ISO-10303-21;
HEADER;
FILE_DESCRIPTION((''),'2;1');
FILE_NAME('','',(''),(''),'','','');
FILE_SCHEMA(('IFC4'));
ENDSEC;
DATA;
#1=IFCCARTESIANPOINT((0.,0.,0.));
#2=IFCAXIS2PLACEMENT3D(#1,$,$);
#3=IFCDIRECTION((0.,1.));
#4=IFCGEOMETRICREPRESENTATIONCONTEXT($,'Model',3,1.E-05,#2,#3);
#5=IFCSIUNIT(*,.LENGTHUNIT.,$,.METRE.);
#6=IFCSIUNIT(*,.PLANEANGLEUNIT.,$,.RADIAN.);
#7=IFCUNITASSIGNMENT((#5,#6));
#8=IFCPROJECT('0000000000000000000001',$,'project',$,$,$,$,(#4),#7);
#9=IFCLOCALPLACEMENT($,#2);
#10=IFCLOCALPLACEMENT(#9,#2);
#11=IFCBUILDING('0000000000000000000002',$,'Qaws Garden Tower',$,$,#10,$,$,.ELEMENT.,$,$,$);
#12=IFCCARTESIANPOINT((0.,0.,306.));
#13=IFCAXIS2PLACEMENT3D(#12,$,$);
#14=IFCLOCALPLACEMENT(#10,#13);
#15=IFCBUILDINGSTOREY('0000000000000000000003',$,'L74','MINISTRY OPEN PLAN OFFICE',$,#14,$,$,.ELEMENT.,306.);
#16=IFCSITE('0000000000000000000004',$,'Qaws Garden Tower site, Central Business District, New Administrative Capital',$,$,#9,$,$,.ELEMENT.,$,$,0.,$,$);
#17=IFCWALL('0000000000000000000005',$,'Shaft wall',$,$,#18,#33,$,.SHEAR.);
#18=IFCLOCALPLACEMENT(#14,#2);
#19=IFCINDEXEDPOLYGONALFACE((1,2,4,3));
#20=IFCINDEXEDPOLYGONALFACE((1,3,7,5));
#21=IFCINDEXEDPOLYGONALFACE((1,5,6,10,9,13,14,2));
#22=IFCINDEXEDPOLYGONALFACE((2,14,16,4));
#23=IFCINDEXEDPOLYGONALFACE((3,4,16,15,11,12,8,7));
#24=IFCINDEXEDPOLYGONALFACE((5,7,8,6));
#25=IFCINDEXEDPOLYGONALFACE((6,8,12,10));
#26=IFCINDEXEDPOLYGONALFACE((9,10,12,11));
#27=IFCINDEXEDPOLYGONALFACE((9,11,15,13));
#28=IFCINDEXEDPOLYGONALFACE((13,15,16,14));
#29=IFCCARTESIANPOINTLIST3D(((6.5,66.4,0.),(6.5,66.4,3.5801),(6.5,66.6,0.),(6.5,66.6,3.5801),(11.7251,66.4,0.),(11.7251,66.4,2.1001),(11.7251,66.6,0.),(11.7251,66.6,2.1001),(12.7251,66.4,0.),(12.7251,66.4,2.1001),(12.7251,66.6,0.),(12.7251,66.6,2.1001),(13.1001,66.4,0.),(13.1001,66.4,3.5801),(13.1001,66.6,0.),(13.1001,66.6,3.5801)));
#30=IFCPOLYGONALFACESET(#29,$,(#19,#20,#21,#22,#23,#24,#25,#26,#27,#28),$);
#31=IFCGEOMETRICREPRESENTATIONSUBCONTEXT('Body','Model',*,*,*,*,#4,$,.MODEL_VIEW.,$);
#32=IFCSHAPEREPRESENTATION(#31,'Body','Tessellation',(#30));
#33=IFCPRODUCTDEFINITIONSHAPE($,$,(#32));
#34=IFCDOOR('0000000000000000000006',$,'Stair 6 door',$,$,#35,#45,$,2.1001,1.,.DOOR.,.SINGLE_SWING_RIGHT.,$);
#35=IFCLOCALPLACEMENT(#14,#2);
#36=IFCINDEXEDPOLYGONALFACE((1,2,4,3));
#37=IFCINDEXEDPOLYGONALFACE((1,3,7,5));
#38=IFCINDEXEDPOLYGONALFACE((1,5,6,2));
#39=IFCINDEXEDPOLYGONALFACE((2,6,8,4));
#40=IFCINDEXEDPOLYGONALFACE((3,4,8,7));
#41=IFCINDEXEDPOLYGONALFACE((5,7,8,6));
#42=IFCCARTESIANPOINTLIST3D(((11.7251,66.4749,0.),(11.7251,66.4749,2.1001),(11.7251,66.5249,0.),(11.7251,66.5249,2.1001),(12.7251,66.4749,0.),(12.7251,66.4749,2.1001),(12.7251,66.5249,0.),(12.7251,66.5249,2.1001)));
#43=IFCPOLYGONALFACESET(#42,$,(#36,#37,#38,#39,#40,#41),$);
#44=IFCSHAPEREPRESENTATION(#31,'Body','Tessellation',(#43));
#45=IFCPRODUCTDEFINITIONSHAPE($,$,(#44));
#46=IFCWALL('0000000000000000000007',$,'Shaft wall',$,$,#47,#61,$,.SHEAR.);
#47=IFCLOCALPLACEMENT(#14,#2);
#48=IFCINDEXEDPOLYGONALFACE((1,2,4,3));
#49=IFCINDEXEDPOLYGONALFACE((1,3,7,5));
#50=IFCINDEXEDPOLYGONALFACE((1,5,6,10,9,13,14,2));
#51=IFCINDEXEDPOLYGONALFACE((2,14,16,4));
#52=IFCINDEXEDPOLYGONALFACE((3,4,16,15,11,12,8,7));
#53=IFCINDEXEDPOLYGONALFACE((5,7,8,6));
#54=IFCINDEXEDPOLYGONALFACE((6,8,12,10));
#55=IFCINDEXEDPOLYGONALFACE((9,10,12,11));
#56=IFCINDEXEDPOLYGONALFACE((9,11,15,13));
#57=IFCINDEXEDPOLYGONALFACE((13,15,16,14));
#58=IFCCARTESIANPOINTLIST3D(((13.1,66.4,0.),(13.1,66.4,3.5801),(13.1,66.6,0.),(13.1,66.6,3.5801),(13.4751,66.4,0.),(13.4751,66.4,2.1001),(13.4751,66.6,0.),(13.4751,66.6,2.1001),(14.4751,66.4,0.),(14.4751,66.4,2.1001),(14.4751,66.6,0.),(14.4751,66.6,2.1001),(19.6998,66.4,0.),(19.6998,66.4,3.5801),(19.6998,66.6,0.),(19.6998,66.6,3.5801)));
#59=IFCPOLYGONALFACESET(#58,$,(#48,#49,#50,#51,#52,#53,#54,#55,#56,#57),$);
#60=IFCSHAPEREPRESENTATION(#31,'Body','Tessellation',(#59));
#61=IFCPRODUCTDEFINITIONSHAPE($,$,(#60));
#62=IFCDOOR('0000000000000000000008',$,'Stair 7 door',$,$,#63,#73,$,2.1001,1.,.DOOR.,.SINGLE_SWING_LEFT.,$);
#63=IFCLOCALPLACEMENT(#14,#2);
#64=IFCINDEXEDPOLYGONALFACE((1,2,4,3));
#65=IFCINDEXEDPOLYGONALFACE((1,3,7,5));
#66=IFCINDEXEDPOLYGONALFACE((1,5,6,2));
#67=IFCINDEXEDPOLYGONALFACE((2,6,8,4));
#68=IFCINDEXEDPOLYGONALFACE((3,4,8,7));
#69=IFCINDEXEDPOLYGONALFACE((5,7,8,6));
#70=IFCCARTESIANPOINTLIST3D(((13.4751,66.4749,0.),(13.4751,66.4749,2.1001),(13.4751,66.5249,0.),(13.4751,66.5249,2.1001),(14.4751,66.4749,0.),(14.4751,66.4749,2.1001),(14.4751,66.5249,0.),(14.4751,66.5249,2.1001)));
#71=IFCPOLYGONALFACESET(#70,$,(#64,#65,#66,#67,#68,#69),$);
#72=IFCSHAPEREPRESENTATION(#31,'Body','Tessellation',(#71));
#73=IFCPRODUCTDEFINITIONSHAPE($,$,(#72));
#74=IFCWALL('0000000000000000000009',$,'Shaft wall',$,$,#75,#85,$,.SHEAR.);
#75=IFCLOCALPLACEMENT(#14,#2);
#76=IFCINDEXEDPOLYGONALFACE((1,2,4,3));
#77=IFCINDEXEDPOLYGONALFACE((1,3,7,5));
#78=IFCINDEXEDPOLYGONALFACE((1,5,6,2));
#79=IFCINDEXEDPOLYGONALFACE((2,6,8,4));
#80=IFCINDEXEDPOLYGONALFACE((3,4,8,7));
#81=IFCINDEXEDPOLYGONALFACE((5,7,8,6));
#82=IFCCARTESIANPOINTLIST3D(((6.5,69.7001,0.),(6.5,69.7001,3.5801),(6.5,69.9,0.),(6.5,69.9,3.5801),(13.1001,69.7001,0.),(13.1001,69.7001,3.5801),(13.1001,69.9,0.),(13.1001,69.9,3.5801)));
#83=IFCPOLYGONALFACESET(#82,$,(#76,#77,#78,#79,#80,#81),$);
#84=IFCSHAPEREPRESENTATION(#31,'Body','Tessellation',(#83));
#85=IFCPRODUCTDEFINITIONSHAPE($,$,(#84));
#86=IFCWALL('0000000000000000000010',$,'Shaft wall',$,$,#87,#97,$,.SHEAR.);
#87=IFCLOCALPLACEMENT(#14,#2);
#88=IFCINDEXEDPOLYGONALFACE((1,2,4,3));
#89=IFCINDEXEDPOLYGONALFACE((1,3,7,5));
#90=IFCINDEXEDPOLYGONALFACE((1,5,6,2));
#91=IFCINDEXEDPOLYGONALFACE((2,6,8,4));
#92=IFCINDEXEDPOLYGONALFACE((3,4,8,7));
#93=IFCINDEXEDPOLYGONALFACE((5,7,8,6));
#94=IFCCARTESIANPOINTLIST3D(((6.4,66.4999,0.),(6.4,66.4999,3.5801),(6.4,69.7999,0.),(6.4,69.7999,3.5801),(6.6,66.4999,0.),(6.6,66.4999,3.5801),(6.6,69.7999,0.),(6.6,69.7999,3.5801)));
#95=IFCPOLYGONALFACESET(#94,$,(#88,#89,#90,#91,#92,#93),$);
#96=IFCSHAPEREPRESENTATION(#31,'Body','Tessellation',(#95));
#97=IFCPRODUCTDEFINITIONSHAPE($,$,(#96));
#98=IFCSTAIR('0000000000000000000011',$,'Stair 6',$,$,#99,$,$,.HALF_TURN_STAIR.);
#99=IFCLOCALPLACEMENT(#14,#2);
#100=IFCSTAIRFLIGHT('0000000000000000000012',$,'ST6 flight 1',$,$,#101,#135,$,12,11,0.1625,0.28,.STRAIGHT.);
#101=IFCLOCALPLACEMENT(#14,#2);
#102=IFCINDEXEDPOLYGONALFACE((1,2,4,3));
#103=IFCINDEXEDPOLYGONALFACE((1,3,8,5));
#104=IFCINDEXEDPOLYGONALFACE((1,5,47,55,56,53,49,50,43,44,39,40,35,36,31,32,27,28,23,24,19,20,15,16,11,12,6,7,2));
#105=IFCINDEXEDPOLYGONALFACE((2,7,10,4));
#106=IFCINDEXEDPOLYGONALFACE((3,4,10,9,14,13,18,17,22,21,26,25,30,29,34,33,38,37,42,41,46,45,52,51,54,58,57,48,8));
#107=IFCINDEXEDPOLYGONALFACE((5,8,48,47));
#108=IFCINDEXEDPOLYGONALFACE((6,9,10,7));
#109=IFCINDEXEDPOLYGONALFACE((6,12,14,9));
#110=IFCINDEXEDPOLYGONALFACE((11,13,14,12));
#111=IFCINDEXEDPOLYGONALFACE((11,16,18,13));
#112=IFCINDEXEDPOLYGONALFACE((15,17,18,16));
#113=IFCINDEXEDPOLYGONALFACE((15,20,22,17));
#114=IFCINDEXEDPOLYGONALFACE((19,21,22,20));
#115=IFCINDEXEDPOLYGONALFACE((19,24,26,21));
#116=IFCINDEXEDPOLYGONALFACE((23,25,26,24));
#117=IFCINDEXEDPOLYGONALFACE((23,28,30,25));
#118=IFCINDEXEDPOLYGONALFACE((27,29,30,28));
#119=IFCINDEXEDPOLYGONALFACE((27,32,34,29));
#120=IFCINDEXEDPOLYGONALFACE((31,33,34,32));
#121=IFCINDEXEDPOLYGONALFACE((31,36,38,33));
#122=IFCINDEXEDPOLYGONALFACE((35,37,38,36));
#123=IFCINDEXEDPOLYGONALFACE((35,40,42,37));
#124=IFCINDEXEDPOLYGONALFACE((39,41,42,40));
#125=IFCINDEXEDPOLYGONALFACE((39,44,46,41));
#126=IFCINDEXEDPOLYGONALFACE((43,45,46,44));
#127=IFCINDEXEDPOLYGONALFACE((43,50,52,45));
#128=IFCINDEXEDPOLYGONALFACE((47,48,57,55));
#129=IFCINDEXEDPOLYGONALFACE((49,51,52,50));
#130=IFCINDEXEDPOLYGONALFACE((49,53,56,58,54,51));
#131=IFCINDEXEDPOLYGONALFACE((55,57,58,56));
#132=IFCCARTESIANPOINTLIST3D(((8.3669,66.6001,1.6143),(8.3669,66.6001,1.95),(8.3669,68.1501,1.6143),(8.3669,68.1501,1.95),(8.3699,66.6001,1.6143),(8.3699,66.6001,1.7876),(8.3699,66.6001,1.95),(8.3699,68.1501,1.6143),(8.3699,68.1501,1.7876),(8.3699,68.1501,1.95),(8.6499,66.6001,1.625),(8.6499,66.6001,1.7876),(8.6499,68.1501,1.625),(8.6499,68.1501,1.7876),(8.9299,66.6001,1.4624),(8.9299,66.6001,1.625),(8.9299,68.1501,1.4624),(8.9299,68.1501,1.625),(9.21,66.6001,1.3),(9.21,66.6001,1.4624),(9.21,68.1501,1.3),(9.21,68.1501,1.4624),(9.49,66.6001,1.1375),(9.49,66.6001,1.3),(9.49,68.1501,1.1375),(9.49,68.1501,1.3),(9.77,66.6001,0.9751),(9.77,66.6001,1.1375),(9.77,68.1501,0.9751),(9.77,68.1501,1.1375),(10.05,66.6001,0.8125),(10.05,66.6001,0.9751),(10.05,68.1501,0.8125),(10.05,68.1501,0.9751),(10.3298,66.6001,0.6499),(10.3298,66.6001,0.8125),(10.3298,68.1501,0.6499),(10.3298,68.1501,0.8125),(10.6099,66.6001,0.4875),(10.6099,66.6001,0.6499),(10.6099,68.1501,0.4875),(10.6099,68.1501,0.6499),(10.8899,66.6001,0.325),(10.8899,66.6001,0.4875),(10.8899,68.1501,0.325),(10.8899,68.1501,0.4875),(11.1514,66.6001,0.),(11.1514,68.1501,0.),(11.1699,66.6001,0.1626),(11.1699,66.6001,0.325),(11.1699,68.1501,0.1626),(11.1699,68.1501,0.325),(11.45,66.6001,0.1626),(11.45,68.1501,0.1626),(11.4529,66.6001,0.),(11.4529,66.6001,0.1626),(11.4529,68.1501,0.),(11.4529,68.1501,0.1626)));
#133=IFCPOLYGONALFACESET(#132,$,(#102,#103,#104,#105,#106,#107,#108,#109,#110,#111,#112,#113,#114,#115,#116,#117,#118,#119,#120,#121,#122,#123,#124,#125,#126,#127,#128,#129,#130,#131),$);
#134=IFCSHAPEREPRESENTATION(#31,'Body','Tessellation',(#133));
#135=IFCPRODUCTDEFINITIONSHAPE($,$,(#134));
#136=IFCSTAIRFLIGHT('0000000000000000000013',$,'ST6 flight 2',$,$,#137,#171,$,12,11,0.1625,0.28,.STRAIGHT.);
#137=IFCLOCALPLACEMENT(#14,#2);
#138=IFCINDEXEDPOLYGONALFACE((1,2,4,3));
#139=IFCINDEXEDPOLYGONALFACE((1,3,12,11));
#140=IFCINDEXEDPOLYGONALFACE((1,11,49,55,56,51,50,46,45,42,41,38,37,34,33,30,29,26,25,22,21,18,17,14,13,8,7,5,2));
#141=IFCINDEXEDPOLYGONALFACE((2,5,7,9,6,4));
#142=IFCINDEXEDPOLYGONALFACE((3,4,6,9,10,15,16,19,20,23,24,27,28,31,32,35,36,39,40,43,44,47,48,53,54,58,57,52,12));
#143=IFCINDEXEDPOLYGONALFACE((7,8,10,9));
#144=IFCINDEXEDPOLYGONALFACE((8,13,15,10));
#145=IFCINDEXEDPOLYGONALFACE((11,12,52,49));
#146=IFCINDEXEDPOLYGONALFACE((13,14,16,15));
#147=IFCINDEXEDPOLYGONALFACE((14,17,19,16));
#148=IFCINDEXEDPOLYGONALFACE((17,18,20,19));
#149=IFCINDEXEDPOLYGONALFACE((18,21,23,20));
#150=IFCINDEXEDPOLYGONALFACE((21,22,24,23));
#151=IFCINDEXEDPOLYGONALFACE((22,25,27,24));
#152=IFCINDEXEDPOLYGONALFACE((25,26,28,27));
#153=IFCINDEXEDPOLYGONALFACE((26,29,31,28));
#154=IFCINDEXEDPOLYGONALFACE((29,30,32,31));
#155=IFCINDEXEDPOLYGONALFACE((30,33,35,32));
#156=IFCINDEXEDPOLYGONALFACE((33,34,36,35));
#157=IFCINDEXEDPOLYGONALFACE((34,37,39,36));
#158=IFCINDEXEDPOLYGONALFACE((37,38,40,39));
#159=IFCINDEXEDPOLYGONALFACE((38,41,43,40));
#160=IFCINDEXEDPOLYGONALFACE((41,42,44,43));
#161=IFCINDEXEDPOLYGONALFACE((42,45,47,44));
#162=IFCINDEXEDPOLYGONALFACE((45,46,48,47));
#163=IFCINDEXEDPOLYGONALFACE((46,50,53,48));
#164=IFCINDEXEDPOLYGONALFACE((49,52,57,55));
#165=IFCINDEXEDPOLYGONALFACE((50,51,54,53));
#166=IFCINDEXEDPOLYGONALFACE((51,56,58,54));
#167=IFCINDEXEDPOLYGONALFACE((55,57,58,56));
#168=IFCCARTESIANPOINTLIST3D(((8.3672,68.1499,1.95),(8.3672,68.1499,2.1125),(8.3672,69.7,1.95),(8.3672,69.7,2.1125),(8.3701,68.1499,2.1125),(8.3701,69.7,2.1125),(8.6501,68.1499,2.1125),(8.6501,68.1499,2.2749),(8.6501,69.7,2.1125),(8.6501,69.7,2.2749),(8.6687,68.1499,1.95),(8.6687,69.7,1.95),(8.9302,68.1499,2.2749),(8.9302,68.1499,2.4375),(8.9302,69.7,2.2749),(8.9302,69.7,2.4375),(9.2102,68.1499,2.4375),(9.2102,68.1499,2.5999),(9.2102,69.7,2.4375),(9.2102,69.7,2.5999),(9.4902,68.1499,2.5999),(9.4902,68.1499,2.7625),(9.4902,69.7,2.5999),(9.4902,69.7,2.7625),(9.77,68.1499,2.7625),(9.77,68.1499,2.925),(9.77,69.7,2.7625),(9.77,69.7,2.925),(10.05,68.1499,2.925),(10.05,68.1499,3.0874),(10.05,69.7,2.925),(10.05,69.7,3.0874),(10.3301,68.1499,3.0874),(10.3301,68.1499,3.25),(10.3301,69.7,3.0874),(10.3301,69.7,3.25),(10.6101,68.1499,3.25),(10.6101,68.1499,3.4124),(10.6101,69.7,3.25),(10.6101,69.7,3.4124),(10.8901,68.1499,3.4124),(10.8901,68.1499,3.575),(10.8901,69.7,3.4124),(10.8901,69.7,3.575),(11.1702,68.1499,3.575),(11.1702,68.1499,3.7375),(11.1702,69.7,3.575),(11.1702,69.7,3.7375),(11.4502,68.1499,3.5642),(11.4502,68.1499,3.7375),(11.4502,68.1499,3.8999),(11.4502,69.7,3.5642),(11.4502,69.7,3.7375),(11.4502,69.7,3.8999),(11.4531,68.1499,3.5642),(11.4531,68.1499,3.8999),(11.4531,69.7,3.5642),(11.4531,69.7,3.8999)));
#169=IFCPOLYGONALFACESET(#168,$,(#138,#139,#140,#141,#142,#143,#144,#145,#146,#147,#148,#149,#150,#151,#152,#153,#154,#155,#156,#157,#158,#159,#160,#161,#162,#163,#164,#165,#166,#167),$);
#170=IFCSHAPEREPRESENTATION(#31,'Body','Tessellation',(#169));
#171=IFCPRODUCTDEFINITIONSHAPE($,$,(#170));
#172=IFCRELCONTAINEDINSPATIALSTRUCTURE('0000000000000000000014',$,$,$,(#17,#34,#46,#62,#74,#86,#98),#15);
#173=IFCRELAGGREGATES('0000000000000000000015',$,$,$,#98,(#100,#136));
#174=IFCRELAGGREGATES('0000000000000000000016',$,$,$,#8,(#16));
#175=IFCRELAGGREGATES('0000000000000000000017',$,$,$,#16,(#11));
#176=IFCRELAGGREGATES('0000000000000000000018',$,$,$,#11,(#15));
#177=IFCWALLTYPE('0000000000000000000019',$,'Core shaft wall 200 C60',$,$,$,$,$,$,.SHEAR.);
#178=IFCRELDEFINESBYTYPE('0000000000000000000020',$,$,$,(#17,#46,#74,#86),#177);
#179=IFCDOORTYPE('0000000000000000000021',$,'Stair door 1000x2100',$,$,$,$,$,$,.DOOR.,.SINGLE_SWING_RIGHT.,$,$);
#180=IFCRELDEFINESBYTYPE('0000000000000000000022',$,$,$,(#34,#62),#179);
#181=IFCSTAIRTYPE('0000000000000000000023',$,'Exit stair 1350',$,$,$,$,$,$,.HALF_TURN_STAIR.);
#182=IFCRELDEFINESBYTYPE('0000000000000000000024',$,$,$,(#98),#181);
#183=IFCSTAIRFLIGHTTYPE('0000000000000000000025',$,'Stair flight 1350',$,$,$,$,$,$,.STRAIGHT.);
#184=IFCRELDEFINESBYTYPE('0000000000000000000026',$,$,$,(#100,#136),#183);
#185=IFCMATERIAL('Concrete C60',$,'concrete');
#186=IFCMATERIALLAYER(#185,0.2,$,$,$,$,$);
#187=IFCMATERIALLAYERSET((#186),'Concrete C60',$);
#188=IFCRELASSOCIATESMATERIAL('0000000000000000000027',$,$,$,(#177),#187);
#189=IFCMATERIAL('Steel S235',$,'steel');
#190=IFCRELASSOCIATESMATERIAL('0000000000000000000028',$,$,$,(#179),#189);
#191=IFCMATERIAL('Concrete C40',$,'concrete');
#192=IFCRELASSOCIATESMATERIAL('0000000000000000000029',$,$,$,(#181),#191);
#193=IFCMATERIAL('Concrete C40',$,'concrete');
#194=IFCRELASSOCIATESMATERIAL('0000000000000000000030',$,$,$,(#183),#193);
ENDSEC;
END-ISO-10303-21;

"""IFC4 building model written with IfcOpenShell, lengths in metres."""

from ifc_helpers import new_model, si_unit, direction, frame, frame_2d, origin, place, context, subcontext, project, spatial, polyline, rectangle, outline, extrude, material, layer, layer_set, type_object, element, fill, aggregate, save


model = new_model("IFC4")

# Units and contexts
model_context = context("Model", 3, precision=1e-05, world=origin(), true_north=direction((0.0, 1.0)))
body_context = subcontext(model_context, "Body", "Model", "MODEL_VIEW")
ifc_project = project(units=[si_unit("LENGTHUNIT", "METRE"), si_unit("PLANEANGLEUNIT", "RADIAN")], contexts=[model_context])

# Site, building, storey
site_placement = place(None, origin())
site = spatial("IfcSite", under=ifc_project, at=site_placement, Name="Qaws Garden Tower site, Central Business District, New Administrative Capital", CompositionType="ELEMENT", RefElevation=0.0)
building_placement = place(site_placement, origin())
building = spatial("IfcBuilding", under=site, at=building_placement, Name="Qaws Garden Tower", CompositionType="ELEMENT")
storey_placement = place(building_placement, frame((0.0, 0.0, 306.0)))
storey = spatial("IfcBuildingStorey", under=building, at=storey_placement, Name="L74", Description="MINISTRY OPEN PLAN OFFICE", CompositionType="ELEMENT", Elevation=306.0)

# Walls, openings, doors
ifc_material_1 = material(Name="Concrete C60", Category="concrete")
ifc_layer_1 = layer(ifc_material_1, 0.2)
ifc_layer_set_1 = layer_set([ifc_layer_1], Name="Concrete C60")
wall_type_1 = type_object("IfcWallType", Name="Core shaft wall 200 C60", PredefinedType="SHEAR", material=ifc_layer_set_1)
wall_1_placement = place(storey_placement, frame((6.5, 66.5, 0.0), z_axis=(0.0, 0.0, 1.0), x_axis=(1.0, 0.0, 0.0)))
wall_1 = element("IfcWall", 1, at=wall_1_placement, inside=storey, type_object=wall_type_1, Name="Shaft wall", PredefinedType="SHEAR", context=body_context, shape_type="SweptSolid", body=[
    extrude(rectangle(XDim=6.6001, YDim=0.2, at=frame_2d((3.3, 0.0))), origin(), (0.0, 0.0, 1.0), 3.5801),
])
opening_1_placement = place(wall_1_placement, frame((5.2251, 0.0, 0.0)))
opening_1 = element("IfcOpeningElement", 2, at=opening_1_placement, cuts=wall_1, PredefinedType="OPENING", context=body_context, shape_type="SweptSolid", body=[
    extrude(rectangle(XDim=1.0, YDim=2.1001, at=frame_2d((0.5, 1.05))), frame((0.0, 0.1099, 0.0), z_axis=(0.0, -1.0, 0.0), x_axis=(1.0, 0.0, 0.0)), (0.0, 0.0, 1.0), 0.22),
])
ifc_material_2 = material(Name="Steel S235", Category="steel")
door_type = type_object("IfcDoorType", Name="Stair door 1000x2100", OperationType="SINGLE_SWING_RIGHT", PredefinedType="DOOR", material=ifc_material_2)
door_1_placement = place(opening_1_placement, origin())
door_1 = element("IfcDoor", 3, at=door_1_placement, inside=storey, type_object=door_type, Name="Stair 6 door", OperationType="SINGLE_SWING_RIGHT", OverallHeight=2.1001, OverallWidth=1.0, PredefinedType="DOOR", context=body_context, shape_type="SweptSolid", body=[
    extrude(rectangle(XDim=1.0, YDim=2.1001, at=frame_2d((0.5, 1.05))), frame((0.0, 0.0249, 0.0), z_axis=(0.0, -1.0, 0.0), x_axis=(1.0, 0.0, 0.0)), (0.0, 0.0, 1.0), 0.05),
])
fill(opening_1, door_1)
wall_2_placement = place(storey_placement, frame((13.1001, 66.5, 0.0), z_axis=(0.0, 0.0, 1.0), x_axis=(1.0, 0.0, 0.0)))
wall_2 = element("IfcWall", 4, at=wall_2_placement, inside=storey, type_object=wall_type_1, Name="Shaft wall", PredefinedType="SHEAR", context=body_context, shape_type="SweptSolid", body=[
    extrude(rectangle(XDim=6.5999, YDim=0.2, at=frame_2d((3.2998, 0.0))), origin(), (0.0, 0.0, 1.0), 3.5801),
])
opening_2_placement = place(wall_2_placement, frame((0.375, 0.0, 0.0)))
opening_2 = element("IfcOpeningElement", 5, at=opening_2_placement, cuts=wall_2, PredefinedType="OPENING", context=body_context, shape_type="SweptSolid", body=[
    extrude(rectangle(XDim=1.0, YDim=2.1001, at=frame_2d((0.5, 1.05))), frame((0.0, 0.1099, 0.0), z_axis=(0.0, -1.0, 0.0), x_axis=(1.0, 0.0, 0.0)), (0.0, 0.0, 1.0), 0.22),
])
door_2_placement = place(opening_2_placement, origin())
door_2 = element("IfcDoor", 6, at=door_2_placement, inside=storey, type_object=door_type, Name="Stair 7 door", OperationType="SINGLE_SWING_LEFT", OverallHeight=2.1001, OverallWidth=1.0, PredefinedType="DOOR", context=body_context, shape_type="SweptSolid", body=[
    extrude(rectangle(XDim=1.0, YDim=2.1001, at=frame_2d((0.5, 1.05))), frame((0.0, 0.0249, 0.0), z_axis=(0.0, -1.0, 0.0), x_axis=(1.0, 0.0, 0.0)), (0.0, 0.0, 1.0), 0.05),
])
fill(opening_2, door_2)

# Walls
wall_3_placement = place(storey_placement, frame((6.5, 69.8, 0.0), z_axis=(0.0, 0.0, 1.0), x_axis=(1.0, 0.0, 0.0)))
element("IfcWall", 7, at=wall_3_placement, inside=storey, type_object=wall_type_1, Name="Shaft wall", PredefinedType="SHEAR", context=body_context, shape_type="SweptSolid", body=[
    extrude(rectangle(XDim=6.6001, YDim=0.2, at=frame_2d((3.3, 0.0))), origin(), (0.0, 0.0, 1.0), 3.5801),
])
wall_4_placement = place(storey_placement, frame((6.5, 66.5, 0.0), z_axis=(0.0, 0.0, 1.0), x_axis=(0.0, 1.0, 0.0)))
element("IfcWall", 8, at=wall_4_placement, inside=storey, type_object=wall_type_1, Name="Shaft wall", PredefinedType="SHEAR", context=body_context, shape_type="SweptSolid", body=[
    extrude(rectangle(XDim=3.3, YDim=0.2, at=frame_2d((1.6499, 0.0))), origin(), (0.0, 0.0, 1.0), 3.5801),
])

# Stair, stair flights
ifc_material_3 = material(Name="Concrete C40", Category="concrete")
stair_type = type_object("IfcStairType", Name="Exit stair 1350", PredefinedType="HALF_TURN_STAIR", material=ifc_material_3)
stair_placement = place(storey_placement, origin())
stair = element("IfcStair", 9, at=stair_placement, inside=storey, type_object=stair_type, Name="Stair 6", PredefinedType="HALF_TURN_STAIR")
ifc_material_4 = material(Name="Concrete C40", Category="concrete")
stair_flight_type = type_object("IfcStairFlightType", Name="Stair flight 1350", PredefinedType="STRAIGHT", material=ifc_material_4)
stair_flight_1_placement = place(storey_placement, frame((11.45, 67.375, 0.0), z_axis=(0.0, 0.0, 1.0), x_axis=(-1.0, 0.0, 0.0)))
stair_flight_1 = element("IfcStairFlight", 10, at=stair_flight_1_placement, type_object=stair_flight_type, Name="ST6 flight 1", NumberOfRisers=12, NumberOfTreads=11, PredefinedType="STRAIGHT", RiserHeight=0.1625, TreadLength=0.28, context=body_context, shape_type="SweptSolid", body=[
    extrude(outline(polyline([(-0.0029, 0.0), (-0.0029, 0.1626), (0.0, 0.1626), (0.28, 0.1626), (0.28, 0.325), (0.5601, 0.325), (0.5601, 0.4875), (0.8401, 0.4875), (0.8401, 0.6499), (1.1201, 0.6499), (1.1201, 0.8125), (1.3999, 0.8125), (1.3999, 0.9751), (1.6799, 0.9751), (1.6799, 1.1375), (1.96, 1.1375), (1.96, 1.3), (2.24, 1.3), (2.24, 1.4624), (2.52, 1.4624), (2.52, 1.625), (2.8, 1.625), (2.8, 1.7876), (3.0801, 1.7876), (3.0801, 1.95), (3.083, 1.95), (3.083, 1.6143), (3.0801, 1.6143), (0.2986, 0.0), (-0.0029, 0.0)])), frame((0.0, 0.7749, 0.0), z_axis=(0.0, -1.0, 0.0), x_axis=(1.0, 0.0, 0.0)), (0.0, 0.0, 1.0), 1.55),
])
stair_flight_2_placement = place(storey_placement, frame((8.3701, 68.925, 1.95), z_axis=(0.0, 0.0, 1.0), x_axis=(1.0, 0.0, 0.0)))
stair_flight_2 = element("IfcStairFlight", 11, at=stair_flight_2_placement, type_object=stair_flight_type, Name="ST6 flight 2", NumberOfRisers=12, NumberOfTreads=11, PredefinedType="STRAIGHT", RiserHeight=0.1625, TreadLength=0.28, context=body_context, shape_type="SweptSolid", body=[
    extrude(outline(polyline([(-0.0029, 0.0), (-0.0029, 0.1626), (0.0, 0.1626), (0.28, 0.1626), (0.28, 0.325), (0.5601, 0.325), (0.5601, 0.4875), (0.8401, 0.4875), (0.8401, 0.6499), (1.1201, 0.6499), (1.1201, 0.8125), (1.3999, 0.8125), (1.3999, 0.9751), (1.6799, 0.9751), (1.6799, 1.1375), (1.96, 1.1375), (1.96, 1.3), (2.24, 1.3), (2.24, 1.4624), (2.52, 1.4624), (2.52, 1.625), (2.8, 1.625), (2.8, 1.7876), (3.0801, 1.7876), (3.0801, 1.95), (3.083, 1.95), (3.083, 1.6143), (3.0801, 1.6143), (0.2986, 0.0), (-0.0029, 0.0)])), frame((0.0, 0.7749, 0.0), z_axis=(0.0, -1.0, 0.0), x_axis=(1.0, 0.0, 0.0)), (0.0, 0.0, 1.0), 1.55),
])
aggregate(stair, [stair_flight_1, stair_flight_2])

save(model, "model.ifc")
